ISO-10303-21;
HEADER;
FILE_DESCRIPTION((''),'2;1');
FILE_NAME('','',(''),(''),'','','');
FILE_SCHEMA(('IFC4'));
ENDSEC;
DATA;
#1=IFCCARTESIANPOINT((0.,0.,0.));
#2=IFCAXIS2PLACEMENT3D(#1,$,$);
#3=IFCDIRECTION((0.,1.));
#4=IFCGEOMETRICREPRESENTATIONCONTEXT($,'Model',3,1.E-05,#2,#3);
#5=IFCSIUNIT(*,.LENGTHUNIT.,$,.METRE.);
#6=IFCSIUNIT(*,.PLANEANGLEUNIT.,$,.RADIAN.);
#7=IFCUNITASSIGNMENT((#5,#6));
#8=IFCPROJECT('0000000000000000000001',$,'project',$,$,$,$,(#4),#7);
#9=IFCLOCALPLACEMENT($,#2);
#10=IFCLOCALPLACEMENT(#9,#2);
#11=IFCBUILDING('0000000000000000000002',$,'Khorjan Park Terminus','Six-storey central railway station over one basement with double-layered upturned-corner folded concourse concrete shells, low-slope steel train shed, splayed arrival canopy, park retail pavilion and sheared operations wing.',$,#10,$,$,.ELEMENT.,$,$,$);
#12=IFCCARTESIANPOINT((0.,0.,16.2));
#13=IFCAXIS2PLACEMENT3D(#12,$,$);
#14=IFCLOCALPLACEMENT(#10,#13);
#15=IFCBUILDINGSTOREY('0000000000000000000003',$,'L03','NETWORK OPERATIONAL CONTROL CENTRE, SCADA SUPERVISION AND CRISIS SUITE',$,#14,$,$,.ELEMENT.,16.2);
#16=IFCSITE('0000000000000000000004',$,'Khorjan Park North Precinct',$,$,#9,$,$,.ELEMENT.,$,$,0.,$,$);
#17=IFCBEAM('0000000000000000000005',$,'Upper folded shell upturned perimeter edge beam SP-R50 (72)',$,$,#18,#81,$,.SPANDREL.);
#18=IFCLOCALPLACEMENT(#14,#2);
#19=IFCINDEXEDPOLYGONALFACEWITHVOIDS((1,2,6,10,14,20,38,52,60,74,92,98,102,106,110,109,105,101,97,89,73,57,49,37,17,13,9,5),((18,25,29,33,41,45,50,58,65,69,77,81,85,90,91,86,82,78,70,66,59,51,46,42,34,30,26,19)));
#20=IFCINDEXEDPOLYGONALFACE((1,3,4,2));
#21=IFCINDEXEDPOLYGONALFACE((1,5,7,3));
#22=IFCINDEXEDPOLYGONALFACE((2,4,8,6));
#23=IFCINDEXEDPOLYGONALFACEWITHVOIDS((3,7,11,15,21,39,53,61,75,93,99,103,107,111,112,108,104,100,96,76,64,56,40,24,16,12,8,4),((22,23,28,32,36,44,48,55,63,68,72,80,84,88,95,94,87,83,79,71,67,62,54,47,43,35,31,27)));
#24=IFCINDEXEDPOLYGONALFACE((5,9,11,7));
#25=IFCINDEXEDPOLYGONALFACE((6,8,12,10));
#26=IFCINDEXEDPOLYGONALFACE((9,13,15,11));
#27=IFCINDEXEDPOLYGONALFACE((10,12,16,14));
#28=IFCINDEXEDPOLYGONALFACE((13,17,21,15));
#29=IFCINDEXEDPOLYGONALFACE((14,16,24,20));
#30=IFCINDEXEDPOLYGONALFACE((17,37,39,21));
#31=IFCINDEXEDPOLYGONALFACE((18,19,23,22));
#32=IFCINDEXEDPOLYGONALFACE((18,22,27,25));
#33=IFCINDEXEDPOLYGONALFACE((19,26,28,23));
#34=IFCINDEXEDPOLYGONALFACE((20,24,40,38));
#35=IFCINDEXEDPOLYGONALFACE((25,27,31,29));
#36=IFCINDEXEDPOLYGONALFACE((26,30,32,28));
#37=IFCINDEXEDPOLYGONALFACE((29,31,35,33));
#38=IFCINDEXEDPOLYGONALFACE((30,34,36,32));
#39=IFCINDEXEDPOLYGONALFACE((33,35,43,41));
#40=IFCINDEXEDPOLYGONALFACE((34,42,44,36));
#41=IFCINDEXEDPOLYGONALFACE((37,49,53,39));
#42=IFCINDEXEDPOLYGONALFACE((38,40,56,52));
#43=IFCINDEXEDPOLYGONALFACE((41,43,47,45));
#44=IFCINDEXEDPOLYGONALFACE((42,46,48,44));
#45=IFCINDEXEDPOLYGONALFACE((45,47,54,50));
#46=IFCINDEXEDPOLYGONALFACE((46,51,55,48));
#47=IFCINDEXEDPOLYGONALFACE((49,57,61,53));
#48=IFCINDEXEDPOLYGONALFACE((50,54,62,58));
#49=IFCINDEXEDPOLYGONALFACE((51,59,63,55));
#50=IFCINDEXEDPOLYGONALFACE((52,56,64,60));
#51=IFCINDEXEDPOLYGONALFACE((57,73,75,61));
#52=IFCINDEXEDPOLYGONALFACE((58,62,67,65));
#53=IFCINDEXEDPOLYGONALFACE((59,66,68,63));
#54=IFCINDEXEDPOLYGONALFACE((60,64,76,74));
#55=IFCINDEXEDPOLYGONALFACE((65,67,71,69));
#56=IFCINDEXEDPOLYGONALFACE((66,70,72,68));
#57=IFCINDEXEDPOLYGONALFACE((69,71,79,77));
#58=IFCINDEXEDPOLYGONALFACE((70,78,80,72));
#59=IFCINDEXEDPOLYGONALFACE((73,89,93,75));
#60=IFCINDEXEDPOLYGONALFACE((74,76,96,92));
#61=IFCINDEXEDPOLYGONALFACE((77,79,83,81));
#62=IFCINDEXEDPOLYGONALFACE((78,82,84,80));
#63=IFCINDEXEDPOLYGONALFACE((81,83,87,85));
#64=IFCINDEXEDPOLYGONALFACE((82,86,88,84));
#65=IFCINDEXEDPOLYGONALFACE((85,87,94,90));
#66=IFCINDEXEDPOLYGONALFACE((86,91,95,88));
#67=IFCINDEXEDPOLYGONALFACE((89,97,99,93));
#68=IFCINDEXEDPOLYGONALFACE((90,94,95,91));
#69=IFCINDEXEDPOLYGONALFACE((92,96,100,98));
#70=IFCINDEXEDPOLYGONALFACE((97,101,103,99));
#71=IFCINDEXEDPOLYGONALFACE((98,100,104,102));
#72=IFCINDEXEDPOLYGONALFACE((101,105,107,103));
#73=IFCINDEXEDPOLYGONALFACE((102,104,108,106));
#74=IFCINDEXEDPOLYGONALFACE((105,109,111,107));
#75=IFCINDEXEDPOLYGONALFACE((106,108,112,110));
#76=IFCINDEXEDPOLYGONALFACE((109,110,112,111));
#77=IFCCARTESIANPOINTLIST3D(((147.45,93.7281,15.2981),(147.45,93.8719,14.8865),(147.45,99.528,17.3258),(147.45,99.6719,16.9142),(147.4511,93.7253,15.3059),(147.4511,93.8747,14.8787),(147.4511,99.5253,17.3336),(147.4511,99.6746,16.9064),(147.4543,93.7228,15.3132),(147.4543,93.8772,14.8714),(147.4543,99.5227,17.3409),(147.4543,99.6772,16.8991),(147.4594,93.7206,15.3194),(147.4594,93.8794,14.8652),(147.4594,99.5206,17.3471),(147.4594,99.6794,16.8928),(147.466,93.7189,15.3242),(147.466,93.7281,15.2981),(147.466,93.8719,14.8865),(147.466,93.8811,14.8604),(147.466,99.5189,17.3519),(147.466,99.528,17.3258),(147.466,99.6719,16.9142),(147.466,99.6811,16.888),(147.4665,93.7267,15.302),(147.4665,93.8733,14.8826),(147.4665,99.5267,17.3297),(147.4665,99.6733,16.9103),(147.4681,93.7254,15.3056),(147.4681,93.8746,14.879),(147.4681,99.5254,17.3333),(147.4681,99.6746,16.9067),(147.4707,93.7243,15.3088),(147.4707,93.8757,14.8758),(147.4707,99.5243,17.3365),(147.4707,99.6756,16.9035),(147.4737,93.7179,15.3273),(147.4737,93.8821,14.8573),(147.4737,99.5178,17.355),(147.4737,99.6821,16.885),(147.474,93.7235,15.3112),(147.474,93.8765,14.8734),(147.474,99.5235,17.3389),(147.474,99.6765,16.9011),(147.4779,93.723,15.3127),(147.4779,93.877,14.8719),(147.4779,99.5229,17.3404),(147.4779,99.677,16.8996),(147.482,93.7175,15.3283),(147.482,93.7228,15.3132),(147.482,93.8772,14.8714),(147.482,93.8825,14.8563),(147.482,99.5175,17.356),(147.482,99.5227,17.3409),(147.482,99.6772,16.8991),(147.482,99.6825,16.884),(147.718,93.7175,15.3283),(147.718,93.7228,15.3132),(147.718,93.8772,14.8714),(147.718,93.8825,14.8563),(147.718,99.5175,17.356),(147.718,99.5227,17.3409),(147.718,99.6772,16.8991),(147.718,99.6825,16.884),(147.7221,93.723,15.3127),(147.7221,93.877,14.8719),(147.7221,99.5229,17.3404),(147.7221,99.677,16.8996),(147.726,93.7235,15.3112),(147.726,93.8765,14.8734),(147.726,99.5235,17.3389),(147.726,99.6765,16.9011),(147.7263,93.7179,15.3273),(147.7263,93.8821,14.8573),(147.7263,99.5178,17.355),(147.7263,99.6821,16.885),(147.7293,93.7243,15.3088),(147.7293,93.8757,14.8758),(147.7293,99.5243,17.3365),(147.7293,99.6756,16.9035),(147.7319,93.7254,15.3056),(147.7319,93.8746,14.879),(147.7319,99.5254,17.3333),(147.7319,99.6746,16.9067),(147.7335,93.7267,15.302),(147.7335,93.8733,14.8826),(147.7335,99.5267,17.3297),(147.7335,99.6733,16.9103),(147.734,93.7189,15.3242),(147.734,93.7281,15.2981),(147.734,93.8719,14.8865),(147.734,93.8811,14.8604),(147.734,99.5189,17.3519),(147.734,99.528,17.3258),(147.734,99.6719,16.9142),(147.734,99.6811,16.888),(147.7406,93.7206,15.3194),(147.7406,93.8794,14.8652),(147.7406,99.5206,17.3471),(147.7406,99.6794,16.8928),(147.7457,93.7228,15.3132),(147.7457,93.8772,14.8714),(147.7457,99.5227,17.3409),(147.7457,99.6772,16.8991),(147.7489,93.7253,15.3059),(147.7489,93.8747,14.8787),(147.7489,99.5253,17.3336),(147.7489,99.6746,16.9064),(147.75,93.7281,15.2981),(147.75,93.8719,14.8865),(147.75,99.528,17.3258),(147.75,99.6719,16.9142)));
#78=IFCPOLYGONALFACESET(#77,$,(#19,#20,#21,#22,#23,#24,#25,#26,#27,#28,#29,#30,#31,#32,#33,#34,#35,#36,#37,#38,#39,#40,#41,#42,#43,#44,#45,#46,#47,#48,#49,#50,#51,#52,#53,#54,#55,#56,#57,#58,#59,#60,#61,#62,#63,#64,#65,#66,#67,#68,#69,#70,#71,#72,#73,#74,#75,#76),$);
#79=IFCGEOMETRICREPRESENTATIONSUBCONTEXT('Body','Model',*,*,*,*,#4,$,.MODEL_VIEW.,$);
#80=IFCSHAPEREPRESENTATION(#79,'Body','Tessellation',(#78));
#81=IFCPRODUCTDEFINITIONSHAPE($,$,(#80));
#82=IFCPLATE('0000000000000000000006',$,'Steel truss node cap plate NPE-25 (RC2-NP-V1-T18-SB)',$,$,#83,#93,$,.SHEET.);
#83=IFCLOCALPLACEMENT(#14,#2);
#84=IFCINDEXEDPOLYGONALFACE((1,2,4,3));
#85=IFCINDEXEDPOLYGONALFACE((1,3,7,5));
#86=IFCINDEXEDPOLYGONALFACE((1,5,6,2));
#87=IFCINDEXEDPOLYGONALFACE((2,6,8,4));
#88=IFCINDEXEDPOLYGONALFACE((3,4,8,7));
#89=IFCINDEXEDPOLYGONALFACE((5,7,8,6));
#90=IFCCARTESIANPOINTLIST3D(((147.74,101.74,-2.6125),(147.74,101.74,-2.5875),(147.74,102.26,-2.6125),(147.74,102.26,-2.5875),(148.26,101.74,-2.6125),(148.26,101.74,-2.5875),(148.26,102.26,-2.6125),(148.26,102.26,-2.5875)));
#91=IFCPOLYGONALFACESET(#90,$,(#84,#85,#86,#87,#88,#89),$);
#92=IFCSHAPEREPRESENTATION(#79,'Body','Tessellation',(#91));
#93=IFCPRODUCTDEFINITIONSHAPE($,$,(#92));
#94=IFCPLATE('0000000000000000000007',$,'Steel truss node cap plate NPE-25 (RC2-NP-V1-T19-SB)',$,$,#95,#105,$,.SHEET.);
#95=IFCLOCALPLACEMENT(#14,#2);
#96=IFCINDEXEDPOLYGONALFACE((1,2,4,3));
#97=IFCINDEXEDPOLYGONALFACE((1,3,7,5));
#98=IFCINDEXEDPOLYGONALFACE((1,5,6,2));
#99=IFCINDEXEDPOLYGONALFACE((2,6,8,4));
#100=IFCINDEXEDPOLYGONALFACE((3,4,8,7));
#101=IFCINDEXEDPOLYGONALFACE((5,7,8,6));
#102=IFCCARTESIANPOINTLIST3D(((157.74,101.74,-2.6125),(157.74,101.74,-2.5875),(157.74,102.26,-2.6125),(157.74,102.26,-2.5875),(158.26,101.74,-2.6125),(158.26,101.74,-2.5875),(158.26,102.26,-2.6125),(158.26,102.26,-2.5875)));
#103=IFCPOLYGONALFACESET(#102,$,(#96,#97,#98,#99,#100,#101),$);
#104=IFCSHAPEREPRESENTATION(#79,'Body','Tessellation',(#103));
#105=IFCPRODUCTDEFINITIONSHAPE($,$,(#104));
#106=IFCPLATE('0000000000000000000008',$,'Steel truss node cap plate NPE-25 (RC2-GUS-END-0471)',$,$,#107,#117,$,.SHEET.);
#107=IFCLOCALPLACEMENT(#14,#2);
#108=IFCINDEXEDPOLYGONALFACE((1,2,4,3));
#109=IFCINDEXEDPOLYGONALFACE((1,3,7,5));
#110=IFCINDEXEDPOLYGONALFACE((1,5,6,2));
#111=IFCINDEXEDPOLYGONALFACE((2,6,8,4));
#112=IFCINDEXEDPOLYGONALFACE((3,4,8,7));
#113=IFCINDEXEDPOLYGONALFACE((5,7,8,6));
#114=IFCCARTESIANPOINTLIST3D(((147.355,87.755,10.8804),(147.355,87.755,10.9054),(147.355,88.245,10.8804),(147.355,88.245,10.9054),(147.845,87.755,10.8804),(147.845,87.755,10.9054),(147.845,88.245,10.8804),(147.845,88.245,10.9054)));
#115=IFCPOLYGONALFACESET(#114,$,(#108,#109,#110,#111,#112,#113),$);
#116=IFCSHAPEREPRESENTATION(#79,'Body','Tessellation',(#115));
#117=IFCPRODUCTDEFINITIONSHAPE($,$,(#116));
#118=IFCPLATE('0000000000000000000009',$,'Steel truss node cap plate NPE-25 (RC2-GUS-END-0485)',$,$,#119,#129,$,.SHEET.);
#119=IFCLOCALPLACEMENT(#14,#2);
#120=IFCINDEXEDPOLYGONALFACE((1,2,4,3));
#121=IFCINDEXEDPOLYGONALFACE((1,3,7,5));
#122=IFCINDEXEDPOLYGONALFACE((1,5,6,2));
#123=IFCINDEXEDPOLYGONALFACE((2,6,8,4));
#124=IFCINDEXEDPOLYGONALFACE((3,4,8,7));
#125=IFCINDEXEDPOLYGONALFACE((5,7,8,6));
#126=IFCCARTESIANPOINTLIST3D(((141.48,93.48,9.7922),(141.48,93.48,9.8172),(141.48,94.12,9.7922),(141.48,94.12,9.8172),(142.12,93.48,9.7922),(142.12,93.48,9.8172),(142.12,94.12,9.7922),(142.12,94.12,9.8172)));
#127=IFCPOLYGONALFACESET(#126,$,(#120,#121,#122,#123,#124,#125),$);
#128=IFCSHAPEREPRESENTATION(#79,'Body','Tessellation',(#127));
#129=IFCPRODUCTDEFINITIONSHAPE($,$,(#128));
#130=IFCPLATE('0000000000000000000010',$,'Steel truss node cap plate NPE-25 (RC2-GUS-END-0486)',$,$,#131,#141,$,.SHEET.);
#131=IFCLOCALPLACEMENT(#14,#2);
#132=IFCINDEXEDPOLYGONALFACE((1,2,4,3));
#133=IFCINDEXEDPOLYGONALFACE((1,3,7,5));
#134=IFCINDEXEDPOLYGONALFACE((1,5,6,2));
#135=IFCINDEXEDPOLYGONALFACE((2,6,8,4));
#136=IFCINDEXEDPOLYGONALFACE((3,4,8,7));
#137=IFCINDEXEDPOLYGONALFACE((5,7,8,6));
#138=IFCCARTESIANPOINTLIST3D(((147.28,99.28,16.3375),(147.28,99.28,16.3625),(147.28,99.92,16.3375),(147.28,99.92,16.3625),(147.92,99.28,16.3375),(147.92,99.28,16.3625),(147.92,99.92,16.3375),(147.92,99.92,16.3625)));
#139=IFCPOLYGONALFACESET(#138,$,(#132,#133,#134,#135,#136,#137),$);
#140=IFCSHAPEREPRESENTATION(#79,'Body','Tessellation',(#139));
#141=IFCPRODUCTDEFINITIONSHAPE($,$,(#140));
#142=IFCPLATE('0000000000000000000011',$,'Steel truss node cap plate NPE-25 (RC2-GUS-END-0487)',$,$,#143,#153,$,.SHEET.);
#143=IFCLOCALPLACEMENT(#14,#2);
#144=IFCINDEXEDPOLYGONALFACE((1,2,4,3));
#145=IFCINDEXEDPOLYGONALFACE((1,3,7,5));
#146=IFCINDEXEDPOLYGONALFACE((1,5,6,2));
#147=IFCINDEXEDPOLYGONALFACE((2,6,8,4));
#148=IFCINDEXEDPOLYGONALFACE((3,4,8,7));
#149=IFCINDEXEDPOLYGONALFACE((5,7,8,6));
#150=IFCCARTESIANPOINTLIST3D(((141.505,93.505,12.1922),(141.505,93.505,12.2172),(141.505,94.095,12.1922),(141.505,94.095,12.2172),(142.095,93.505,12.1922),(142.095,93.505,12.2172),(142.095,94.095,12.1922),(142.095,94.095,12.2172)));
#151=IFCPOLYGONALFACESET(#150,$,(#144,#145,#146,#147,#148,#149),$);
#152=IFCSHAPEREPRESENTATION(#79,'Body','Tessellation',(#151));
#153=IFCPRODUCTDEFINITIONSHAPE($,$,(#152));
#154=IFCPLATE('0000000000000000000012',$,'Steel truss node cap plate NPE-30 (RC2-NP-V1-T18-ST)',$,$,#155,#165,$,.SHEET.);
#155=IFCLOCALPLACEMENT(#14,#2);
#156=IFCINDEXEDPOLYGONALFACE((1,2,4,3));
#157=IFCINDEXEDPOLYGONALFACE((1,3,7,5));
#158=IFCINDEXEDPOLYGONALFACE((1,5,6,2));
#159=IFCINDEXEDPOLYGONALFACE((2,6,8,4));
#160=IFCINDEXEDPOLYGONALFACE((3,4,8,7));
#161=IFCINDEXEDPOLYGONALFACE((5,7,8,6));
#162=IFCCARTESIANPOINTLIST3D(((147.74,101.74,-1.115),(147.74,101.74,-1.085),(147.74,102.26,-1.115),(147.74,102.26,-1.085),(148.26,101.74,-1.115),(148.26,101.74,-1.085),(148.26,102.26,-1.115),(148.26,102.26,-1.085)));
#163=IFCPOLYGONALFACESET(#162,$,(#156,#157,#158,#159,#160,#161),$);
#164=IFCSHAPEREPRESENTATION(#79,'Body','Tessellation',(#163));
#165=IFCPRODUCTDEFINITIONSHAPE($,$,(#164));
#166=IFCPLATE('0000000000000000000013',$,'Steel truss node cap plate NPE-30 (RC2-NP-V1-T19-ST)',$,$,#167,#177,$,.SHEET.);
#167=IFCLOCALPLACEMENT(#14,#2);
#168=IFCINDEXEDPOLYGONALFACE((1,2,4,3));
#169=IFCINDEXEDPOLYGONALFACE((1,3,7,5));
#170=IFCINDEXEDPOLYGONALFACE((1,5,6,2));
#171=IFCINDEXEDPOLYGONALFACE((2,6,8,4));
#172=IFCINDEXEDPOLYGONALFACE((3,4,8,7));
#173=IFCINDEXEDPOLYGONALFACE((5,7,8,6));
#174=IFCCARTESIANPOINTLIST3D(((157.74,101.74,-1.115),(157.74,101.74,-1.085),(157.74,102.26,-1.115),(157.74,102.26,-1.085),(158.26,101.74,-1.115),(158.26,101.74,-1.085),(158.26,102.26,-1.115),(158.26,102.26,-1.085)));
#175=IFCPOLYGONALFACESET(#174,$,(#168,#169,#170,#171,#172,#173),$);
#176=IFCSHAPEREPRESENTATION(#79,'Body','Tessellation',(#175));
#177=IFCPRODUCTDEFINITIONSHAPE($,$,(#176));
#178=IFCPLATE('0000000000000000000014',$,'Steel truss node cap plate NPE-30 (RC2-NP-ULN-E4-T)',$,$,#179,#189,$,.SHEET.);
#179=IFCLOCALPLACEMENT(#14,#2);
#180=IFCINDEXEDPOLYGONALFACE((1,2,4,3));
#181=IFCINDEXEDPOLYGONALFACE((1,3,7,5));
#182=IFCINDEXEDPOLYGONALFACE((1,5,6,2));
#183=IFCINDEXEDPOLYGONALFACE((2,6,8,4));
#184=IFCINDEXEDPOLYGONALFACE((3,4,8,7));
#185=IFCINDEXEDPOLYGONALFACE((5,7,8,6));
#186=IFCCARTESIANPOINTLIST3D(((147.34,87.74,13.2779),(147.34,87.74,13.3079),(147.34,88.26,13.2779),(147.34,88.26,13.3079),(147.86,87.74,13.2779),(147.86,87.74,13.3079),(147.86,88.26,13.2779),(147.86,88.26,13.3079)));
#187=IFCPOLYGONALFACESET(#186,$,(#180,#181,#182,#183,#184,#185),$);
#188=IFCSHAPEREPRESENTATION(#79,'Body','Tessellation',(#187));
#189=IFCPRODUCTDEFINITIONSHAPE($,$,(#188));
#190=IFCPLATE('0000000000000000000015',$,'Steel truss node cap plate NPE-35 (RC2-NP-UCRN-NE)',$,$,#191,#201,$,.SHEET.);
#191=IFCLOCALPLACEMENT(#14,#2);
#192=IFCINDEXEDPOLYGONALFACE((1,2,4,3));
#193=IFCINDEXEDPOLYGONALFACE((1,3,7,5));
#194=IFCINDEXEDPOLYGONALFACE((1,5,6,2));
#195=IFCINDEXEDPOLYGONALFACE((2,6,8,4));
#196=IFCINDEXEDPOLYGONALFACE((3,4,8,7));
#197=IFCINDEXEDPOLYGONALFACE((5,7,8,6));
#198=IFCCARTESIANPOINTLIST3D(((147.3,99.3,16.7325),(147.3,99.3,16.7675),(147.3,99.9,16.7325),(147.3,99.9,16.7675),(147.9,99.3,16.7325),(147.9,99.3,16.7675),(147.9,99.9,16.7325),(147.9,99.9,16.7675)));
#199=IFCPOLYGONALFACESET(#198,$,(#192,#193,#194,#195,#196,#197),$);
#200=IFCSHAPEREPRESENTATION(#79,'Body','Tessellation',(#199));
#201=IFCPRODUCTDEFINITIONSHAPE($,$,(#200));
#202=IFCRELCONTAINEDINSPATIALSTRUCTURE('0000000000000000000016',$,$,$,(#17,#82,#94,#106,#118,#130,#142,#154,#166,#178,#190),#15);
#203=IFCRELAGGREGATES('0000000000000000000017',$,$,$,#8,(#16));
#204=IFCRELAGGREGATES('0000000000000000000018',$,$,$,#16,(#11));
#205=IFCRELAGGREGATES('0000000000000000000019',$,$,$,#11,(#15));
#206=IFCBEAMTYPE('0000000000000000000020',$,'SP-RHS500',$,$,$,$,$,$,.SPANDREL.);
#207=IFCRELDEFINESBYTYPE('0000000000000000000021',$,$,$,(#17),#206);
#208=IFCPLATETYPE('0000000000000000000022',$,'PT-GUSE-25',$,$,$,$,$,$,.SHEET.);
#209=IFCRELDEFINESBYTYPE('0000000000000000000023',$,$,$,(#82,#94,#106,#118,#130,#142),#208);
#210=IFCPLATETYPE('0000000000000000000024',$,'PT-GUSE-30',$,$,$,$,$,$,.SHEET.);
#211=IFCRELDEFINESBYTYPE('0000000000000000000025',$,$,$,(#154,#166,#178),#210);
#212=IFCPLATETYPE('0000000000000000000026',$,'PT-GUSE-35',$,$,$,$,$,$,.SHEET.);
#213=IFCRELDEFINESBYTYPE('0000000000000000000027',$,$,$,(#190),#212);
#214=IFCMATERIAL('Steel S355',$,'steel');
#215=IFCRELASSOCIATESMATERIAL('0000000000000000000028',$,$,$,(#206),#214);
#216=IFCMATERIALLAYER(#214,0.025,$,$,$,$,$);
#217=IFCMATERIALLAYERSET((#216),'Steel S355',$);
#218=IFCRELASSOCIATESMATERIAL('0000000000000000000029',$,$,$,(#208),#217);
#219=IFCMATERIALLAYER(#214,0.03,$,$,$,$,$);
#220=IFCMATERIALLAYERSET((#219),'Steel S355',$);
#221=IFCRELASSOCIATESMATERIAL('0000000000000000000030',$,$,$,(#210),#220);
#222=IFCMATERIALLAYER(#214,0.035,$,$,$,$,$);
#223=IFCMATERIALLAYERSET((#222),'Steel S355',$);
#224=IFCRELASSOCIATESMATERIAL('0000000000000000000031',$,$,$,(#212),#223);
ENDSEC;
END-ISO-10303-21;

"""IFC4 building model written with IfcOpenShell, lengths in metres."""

from ifc_helpers import new_model, si_unit, direction, frame, origin, origin_2d, place, context, subcontext, project, spatial, rectangle, hollow_rectangle, extrude, material, layer, layer_set, material_profile, profile_set, type_object, element, save


model = new_model("IFC4")

# Units and contexts
model_context = context("Model", 3, precision=1e-05, world=origin(), true_north=direction((0.0, 1.0)))
body_context = subcontext(model_context, "Body", "Model", "MODEL_VIEW")
ifc_project = project(units=[si_unit("LENGTHUNIT", "METRE"), si_unit("PLANEANGLEUNIT", "RADIAN")], contexts=[model_context])

# Site, building, storey
site_placement = place(None, origin())
site = spatial("IfcSite", under=ifc_project, at=site_placement, Name="Khorjan Park North Precinct", CompositionType="ELEMENT", RefElevation=0.0)
building_placement = place(site_placement, origin())
building = spatial("IfcBuilding", under=site, at=building_placement, Name="Khorjan Park Terminus", Description="Six-storey central railway station over one basement with double-layered upturned-corner folded concourse concrete shells, low-slope steel train shed, splayed arrival canopy, park retail pavilion and sheared operations wing.", CompositionType="ELEMENT")
storey_placement = place(building_placement, frame((0.0, 0.0, 16.2)))
storey = spatial("IfcBuildingStorey", under=building, at=storey_placement, Name="L03", Description="NETWORK OPERATIONAL CONTROL CENTRE, SCADA SUPERVISION AND CRISIS SUITE", CompositionType="ELEMENT", Elevation=16.2)

# Shared definitions
ifc_material = material(Name="Steel S355", Category="steel")

# Beam
ifc_material_profile_1 = material_profile(ifc_material, hollow_rectangle(XDim=0.3, YDim=0.5, WallThickness=0.016, InnerFilletRadius=0.016, OuterFilletRadius=0.032, at=origin_2d()), Name="RHS 500x300x16")
ifc_profile_set_1 = profile_set([ifc_material_profile_1], Name="Steel S355")
beam_type_1 = type_object("IfcBeamType", Name="SP-RHS500", PredefinedType="SPANDREL", material=ifc_profile_set_1)
beam_1_placement = place(storey_placement, frame((147.6, 93.8, 15.0923), z_axis=(0.0, 0.943975, 0.330017), x_axis=(-1.0, 0.0, 0.0)))
element("IfcBeam", 1, at=beam_1_placement, inside=storey, type_object=beam_type_1, Name="Upper folded shell upturned perimeter edge beam SP-R50 (72)", PredefinedType="SPANDREL", context=body_context, shape_type="SweptSolid", body=[
    extrude(hollow_rectangle(XDim=0.3, YDim=0.5, WallThickness=0.016, InnerFilletRadius=0.016, OuterFilletRadius=0.032, at=origin_2d()), origin(), (0.0, 0.0, 1.0), 6.1442),
])

# Plates
ifc_layer_1 = layer(ifc_material, 0.025)
ifc_layer_set_1 = layer_set([ifc_layer_1], Name="Steel S355")
plate_type_1 = type_object("IfcPlateType", Name="PT-GUSE-25", PredefinedType="SHEET", material=ifc_layer_set_1)
for number, where, z_axis, x_axis, name in (
    (2, (148.0, 102.0, -2.6125), (0.0, 0.0, 1.0), (1.0, 0.0, 0.0), "Steel truss node cap plate NPE-25 (RC2-NP-V1-T18-SB)"),
    (3, (158.0, 102.0, -2.6125), (0.0, 0.0, 1.0), (1.0, 0.0, 0.0), "Steel truss node cap plate NPE-25 (RC2-NP-V1-T19-SB)"),
):
    element("IfcPlate", number, at=place(storey_placement, frame(where, z_axis=z_axis, x_axis=x_axis)), inside=storey, type_object=plate_type_1, Name=name, PredefinedType="SHEET", context=body_context, shape_type="SweptSolid", body=[
        extrude(rectangle(XDim=0.52, YDim=0.52, at=origin_2d()), origin(), (0.0, 0.0, 1.0), 0.025),
    ])
plate_1_placement = place(storey_placement, frame((147.6, 88.0, 10.8804), z_axis=(0.0, 0.0, 1.0), x_axis=(1.0, 0.0, 0.0)))
element("IfcPlate", 4, at=plate_1_placement, inside=storey, type_object=plate_type_1, Name="Steel truss node cap plate NPE-25 (RC2-GUS-END-0471)", PredefinedType="SHEET", context=body_context, shape_type="SweptSolid", body=[
    extrude(rectangle(XDim=0.49, YDim=0.49, at=origin_2d()), origin(), (0.0, 0.0, 1.0), 0.025),
])
for number, where, z_axis, x_axis, name in (
    (5, (141.8, 93.8, 9.7922), (0.0, 0.0, 1.0), (1.0, 0.0, 0.0), "Steel truss node cap plate NPE-25 (RC2-GUS-END-0485)"),
    (6, (147.6, 99.6, 16.3375), (0.0, 0.0, 1.0), (1.0, 0.0, 0.0), "Steel truss node cap plate NPE-25 (RC2-GUS-END-0486)"),
):
    element("IfcPlate", number, at=place(storey_placement, frame(where, z_axis=z_axis, x_axis=x_axis)), inside=storey, type_object=plate_type_1, Name=name, PredefinedType="SHEET", context=body_context, shape_type="SweptSolid", body=[
        extrude(rectangle(XDim=0.64, YDim=0.64, at=origin_2d()), origin(), (0.0, 0.0, 1.0), 0.025),
    ])
plate_2_placement = place(storey_placement, frame((141.8, 93.8, 12.1922), z_axis=(0.0, 0.0, 1.0), x_axis=(1.0, 0.0, 0.0)))
element("IfcPlate", 7, at=plate_2_placement, inside=storey, type_object=plate_type_1, Name="Steel truss node cap plate NPE-25 (RC2-GUS-END-0487)", PredefinedType="SHEET", context=body_context, shape_type="SweptSolid", body=[
    extrude(rectangle(XDim=0.59, YDim=0.59, at=origin_2d()), origin(), (0.0, 0.0, 1.0), 0.025),
])
ifc_layer_2 = layer(ifc_material, 0.03)
ifc_layer_set_2 = layer_set([ifc_layer_2], Name="Steel S355")
plate_type_2 = type_object("IfcPlateType", Name="PT-GUSE-30", PredefinedType="SHEET", material=ifc_layer_set_2)
for number, where, z_axis, x_axis, name in (
    (8, (148.0, 102.0, -1.115), (0.0, 0.0, 1.0), (1.0, 0.0, 0.0), "Steel truss node cap plate NPE-30 (RC2-NP-V1-T18-ST)"),
    (9, (158.0, 102.0, -1.115), (0.0, 0.0, 1.0), (1.0, 0.0, 0.0), "Steel truss node cap plate NPE-30 (RC2-NP-V1-T19-ST)"),
    (10, (147.6, 88.0, 13.2779), (0.0, 0.0, 1.0), (1.0, 0.0, 0.0), "Steel truss node cap plate NPE-30 (RC2-NP-ULN-E4-T)"),
):
    element("IfcPlate", number, at=place(storey_placement, frame(where, z_axis=z_axis, x_axis=x_axis)), inside=storey, type_object=plate_type_2, Name=name, PredefinedType="SHEET", context=body_context, shape_type="SweptSolid", body=[
        extrude(rectangle(XDim=0.52, YDim=0.52, at=origin_2d()), origin(), (0.0, 0.0, 1.0), 0.03),
    ])
ifc_layer_3 = layer(ifc_material, 0.035)
ifc_layer_set_3 = layer_set([ifc_layer_3], Name="Steel S355")
plate_type_3 = type_object("IfcPlateType", Name="PT-GUSE-35", PredefinedType="SHEET", material=ifc_layer_set_3)
plate_3_placement = place(storey_placement, frame((147.6, 99.6, 16.7325), z_axis=(0.0, 0.0, 1.0), x_axis=(1.0, 0.0, 0.0)))
element("IfcPlate", 11, at=plate_3_placement, inside=storey, type_object=plate_type_3, Name="Steel truss node cap plate NPE-35 (RC2-NP-UCRN-NE)", PredefinedType="SHEET", context=body_context, shape_type="SweptSolid", body=[
    extrude(rectangle(XDim=0.6, YDim=0.6, at=origin_2d()), origin(), (0.0, 0.0, 1.0), 0.035),
])

save(model, "model.ifc")
